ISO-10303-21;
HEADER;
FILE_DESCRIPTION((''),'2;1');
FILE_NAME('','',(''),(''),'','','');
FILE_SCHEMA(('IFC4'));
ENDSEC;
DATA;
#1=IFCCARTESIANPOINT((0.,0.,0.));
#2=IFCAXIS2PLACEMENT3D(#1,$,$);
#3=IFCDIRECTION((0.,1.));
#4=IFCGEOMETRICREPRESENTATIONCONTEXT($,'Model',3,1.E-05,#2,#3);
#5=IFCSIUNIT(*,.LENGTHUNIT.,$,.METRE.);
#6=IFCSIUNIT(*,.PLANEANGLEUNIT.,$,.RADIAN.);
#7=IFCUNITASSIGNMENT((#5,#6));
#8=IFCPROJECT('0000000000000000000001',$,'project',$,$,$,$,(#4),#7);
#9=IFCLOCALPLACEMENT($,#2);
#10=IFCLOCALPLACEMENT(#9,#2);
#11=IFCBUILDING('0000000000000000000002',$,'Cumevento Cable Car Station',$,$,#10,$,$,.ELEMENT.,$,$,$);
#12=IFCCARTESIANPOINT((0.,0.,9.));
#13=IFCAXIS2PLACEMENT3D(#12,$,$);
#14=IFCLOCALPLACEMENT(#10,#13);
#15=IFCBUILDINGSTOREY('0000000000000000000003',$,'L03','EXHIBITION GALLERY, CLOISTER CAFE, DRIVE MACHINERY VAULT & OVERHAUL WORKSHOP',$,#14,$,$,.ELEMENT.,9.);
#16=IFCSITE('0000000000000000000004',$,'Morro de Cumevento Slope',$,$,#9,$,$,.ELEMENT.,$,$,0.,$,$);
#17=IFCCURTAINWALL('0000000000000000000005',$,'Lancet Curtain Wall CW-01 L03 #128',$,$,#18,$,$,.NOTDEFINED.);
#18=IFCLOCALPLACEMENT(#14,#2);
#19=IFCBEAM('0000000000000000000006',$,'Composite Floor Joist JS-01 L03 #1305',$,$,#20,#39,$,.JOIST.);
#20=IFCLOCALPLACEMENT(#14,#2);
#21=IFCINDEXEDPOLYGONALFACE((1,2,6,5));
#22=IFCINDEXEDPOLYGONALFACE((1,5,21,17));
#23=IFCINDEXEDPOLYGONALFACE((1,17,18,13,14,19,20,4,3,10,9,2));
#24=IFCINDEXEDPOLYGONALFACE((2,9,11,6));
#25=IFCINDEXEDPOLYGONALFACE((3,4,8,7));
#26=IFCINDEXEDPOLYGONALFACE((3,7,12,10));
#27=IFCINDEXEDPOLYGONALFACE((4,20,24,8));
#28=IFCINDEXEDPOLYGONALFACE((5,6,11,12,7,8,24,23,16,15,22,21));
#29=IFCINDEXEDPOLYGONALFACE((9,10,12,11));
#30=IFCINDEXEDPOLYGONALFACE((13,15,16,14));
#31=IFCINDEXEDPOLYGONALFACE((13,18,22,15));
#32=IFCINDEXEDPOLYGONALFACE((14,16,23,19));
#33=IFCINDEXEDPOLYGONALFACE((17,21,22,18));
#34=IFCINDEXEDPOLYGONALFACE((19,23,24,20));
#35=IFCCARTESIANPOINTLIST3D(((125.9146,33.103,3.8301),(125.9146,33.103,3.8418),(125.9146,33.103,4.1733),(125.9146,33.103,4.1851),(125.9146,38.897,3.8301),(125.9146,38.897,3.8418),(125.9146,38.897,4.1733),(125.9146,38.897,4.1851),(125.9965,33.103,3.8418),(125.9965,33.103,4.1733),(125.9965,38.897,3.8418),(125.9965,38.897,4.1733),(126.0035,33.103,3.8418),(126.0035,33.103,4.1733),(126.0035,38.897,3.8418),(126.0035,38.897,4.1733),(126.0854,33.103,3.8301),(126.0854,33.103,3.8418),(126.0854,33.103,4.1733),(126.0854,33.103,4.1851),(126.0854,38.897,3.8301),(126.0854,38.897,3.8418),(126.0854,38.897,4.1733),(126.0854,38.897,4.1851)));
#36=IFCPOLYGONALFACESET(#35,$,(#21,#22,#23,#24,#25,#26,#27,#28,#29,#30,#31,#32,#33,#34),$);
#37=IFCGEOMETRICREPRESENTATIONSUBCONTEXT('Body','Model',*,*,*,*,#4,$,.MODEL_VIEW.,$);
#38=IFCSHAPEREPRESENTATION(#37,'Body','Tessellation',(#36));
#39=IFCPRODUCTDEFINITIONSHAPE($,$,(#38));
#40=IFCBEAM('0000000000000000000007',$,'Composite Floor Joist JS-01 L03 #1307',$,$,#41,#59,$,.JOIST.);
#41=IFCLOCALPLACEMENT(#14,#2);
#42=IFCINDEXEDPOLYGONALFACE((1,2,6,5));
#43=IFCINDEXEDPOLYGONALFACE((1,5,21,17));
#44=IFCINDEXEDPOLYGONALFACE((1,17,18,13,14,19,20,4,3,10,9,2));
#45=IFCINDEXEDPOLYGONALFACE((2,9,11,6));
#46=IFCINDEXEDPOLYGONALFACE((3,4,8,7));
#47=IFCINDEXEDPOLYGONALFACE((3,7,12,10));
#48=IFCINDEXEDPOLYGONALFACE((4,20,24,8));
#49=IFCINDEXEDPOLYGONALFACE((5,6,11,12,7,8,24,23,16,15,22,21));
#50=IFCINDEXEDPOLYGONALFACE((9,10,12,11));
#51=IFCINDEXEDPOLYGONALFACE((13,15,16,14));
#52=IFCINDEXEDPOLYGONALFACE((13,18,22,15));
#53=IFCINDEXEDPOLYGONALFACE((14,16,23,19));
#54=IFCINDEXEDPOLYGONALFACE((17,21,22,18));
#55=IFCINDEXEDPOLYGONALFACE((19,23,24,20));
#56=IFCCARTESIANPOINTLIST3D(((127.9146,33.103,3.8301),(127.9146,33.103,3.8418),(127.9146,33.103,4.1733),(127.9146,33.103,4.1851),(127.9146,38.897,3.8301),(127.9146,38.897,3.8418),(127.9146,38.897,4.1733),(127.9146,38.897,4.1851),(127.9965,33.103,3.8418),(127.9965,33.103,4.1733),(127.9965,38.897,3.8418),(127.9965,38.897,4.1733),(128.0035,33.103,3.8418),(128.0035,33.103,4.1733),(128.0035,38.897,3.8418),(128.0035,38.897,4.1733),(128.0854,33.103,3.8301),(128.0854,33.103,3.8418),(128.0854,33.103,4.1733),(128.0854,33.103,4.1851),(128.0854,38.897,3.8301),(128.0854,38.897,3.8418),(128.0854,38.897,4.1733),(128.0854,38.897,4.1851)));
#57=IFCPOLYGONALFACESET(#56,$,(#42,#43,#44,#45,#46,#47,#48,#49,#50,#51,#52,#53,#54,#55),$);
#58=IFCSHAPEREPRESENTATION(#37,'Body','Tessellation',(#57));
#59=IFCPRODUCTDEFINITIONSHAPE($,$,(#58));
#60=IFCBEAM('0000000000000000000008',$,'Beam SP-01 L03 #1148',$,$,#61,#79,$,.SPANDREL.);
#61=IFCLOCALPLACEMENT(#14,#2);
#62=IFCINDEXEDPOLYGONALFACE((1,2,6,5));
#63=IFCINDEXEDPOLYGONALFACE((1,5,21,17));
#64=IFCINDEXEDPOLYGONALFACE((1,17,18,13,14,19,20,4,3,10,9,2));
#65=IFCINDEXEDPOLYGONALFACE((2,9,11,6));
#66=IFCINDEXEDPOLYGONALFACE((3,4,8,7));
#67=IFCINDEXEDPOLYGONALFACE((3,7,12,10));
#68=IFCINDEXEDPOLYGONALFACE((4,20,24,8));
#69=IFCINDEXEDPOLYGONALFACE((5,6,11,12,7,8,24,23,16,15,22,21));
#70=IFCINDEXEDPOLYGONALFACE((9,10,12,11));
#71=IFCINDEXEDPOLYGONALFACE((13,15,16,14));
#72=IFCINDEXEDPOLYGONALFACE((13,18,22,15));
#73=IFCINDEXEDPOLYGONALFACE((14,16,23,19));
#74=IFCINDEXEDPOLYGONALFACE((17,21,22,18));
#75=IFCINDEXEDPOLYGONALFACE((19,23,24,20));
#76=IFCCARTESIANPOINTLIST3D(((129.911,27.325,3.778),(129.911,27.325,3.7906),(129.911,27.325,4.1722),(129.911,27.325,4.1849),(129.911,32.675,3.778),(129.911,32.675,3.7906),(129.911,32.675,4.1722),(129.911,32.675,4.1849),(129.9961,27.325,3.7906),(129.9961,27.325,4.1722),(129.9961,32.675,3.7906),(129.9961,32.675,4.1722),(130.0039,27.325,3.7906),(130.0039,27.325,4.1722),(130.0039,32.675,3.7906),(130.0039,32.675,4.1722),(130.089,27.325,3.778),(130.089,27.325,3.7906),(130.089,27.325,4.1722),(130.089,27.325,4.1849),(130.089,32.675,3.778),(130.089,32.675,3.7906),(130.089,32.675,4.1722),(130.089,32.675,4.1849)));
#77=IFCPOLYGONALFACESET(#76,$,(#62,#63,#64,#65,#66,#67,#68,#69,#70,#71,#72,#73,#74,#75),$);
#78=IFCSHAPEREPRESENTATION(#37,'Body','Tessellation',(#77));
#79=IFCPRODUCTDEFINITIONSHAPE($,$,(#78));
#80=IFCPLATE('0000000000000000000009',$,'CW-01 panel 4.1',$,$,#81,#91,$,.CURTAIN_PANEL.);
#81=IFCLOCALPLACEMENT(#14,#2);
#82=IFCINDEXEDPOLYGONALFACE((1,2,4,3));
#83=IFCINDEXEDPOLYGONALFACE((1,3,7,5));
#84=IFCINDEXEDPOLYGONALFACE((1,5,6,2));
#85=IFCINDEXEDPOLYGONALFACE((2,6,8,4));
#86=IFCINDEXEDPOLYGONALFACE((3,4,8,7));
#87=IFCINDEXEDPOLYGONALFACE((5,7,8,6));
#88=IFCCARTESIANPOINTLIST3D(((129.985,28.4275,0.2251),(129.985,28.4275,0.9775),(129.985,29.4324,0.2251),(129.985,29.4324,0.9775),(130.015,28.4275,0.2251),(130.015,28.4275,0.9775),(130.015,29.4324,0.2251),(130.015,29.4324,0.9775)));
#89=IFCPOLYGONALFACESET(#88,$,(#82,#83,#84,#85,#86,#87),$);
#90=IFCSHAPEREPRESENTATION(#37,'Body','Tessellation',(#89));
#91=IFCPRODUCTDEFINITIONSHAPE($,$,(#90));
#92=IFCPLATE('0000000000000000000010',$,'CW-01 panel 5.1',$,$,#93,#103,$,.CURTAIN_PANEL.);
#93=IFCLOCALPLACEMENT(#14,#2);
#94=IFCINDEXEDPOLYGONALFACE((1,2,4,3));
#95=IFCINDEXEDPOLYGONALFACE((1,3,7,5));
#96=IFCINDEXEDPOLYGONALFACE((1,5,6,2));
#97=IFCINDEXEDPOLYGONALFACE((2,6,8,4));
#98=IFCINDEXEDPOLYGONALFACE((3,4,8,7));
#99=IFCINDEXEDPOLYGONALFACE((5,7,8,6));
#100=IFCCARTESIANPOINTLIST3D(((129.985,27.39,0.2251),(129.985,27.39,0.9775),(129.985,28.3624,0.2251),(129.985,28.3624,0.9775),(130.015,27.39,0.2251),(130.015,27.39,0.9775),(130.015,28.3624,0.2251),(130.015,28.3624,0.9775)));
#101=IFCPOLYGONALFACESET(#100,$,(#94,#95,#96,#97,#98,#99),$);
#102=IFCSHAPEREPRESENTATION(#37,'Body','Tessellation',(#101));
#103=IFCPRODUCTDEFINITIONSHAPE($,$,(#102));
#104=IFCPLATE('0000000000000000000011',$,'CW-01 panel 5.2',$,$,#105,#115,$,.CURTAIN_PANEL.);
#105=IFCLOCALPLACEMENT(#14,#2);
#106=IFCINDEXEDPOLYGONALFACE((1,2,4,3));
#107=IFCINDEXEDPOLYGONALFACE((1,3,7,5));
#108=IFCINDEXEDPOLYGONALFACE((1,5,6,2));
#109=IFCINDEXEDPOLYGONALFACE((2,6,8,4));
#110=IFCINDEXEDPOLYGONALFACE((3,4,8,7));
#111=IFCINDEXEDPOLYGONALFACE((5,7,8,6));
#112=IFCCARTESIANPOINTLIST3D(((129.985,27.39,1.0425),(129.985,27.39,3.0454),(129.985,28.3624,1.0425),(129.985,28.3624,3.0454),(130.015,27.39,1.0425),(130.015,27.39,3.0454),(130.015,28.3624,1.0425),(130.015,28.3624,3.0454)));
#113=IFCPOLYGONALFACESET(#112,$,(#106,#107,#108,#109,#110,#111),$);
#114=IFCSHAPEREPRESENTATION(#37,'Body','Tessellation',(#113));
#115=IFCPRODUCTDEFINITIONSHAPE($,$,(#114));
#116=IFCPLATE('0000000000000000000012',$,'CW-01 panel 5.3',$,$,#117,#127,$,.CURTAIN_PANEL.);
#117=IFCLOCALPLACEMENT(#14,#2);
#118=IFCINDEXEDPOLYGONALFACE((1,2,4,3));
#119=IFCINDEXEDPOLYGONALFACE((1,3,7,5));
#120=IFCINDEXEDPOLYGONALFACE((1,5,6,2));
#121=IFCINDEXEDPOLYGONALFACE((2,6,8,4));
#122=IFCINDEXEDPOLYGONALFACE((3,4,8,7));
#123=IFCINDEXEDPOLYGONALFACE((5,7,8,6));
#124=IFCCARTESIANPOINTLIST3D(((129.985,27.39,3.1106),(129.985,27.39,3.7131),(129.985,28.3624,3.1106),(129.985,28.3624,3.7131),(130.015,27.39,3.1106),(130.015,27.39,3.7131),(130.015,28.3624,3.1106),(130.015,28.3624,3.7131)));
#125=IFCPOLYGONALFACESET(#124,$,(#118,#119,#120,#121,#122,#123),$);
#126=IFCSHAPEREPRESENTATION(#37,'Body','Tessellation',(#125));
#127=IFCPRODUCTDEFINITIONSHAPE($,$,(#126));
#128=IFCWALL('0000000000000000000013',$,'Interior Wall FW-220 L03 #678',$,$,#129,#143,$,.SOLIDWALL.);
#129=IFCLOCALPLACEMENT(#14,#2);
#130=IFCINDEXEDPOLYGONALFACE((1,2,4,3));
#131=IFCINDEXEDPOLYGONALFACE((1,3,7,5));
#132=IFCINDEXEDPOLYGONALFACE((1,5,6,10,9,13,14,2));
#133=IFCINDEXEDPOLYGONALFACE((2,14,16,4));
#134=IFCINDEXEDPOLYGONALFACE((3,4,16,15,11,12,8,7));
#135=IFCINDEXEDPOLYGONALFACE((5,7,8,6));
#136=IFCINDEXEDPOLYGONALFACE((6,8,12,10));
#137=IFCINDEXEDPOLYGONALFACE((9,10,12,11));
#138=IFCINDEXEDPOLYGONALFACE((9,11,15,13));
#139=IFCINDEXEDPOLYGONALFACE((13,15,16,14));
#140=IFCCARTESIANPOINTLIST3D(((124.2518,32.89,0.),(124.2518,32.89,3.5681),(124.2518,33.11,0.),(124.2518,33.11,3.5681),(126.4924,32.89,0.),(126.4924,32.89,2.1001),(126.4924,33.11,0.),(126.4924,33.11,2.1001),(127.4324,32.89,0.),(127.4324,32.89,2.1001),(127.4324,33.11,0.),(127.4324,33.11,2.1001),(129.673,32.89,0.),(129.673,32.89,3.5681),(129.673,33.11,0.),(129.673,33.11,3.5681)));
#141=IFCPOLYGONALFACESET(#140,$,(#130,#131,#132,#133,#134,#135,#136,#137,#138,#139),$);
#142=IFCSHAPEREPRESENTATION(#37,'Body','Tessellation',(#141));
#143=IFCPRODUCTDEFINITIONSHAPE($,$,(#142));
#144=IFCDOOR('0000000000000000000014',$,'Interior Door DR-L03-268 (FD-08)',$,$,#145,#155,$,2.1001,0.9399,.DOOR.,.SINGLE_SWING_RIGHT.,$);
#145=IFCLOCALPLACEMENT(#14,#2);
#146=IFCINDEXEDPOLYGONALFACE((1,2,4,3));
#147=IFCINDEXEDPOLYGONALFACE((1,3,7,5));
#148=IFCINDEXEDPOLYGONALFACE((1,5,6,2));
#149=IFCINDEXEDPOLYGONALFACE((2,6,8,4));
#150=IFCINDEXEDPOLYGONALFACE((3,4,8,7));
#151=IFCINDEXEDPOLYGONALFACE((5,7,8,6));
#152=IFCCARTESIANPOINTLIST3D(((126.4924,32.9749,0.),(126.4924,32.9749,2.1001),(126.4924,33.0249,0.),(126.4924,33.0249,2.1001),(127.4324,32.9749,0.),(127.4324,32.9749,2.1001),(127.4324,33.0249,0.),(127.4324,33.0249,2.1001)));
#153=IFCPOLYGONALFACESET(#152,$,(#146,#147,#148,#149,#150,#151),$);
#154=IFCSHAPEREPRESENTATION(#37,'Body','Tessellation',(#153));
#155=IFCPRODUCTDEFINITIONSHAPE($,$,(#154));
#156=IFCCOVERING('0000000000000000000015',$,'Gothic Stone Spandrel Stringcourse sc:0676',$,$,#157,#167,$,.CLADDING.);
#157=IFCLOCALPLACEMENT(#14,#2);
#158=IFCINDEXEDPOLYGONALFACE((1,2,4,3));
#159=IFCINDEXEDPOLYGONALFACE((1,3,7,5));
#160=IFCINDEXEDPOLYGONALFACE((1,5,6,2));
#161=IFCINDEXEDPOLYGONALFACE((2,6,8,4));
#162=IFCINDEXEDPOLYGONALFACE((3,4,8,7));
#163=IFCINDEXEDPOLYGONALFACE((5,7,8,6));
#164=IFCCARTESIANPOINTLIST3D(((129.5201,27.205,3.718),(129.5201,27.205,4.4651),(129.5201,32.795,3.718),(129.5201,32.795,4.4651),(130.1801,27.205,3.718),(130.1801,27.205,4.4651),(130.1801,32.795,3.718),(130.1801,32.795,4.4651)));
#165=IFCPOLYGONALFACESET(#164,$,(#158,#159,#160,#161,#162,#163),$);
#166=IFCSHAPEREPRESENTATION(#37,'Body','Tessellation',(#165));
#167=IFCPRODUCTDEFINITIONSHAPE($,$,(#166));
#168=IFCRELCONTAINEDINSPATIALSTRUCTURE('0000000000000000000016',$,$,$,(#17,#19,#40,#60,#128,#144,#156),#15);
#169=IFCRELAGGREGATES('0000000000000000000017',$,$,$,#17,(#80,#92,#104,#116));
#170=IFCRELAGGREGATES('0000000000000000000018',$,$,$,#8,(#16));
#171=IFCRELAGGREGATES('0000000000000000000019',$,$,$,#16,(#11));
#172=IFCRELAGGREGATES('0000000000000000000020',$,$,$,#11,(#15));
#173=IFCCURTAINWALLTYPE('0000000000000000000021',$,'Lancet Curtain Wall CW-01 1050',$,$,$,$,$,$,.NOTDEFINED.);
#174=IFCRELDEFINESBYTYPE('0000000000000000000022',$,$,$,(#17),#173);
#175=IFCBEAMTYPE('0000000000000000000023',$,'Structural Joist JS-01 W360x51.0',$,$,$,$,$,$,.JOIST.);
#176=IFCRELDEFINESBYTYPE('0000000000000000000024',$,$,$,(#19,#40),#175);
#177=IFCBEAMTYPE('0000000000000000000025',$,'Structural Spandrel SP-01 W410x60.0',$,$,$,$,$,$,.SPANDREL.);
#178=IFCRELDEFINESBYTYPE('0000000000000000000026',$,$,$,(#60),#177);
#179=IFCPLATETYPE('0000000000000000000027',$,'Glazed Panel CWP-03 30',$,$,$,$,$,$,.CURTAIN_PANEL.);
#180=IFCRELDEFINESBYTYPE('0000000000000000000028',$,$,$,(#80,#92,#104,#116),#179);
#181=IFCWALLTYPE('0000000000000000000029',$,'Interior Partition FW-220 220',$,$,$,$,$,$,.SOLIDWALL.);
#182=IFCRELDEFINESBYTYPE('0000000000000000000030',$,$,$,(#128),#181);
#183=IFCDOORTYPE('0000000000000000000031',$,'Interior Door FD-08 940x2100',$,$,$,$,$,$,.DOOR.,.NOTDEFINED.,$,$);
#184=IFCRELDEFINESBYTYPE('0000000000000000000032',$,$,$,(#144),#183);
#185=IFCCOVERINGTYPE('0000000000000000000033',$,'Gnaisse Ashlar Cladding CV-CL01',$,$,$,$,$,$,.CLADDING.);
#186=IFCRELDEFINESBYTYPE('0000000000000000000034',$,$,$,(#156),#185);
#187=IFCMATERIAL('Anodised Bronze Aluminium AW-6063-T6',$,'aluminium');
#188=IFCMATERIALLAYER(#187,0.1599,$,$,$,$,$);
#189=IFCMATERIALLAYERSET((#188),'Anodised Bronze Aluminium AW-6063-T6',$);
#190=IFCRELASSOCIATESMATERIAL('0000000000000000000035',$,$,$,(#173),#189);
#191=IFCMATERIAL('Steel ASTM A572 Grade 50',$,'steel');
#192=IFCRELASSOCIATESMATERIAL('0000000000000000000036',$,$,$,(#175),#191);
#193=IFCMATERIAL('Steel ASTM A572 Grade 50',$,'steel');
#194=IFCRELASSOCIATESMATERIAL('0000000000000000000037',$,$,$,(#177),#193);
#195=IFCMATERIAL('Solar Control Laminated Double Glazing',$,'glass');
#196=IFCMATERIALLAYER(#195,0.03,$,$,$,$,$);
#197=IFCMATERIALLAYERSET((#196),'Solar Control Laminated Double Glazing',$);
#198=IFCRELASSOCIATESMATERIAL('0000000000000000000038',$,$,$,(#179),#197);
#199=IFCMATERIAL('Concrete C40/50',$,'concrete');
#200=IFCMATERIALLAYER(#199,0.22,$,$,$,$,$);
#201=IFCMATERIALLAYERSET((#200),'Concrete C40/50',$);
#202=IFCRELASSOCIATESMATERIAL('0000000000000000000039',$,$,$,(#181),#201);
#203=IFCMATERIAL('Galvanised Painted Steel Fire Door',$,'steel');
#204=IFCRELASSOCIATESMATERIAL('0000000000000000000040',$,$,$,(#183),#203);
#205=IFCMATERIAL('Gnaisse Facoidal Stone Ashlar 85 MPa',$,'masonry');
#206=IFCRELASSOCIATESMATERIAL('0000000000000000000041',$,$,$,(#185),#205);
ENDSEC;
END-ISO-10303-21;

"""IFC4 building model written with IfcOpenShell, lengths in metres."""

from ifc_helpers import new_model, si_unit, direction, frame, frame_2d, origin, origin_2d, place, context, subcontext, project, spatial, rectangle, i_section, extrude, material, layer, layer_set, material_profile, profile_set, type_object, element, fill, aggregate, save


model = new_model("IFC4")

# Units and contexts
model_context = context("Model", 3, precision=1e-05, world=origin(), true_north=direction((0.0, 1.0)))
body_context = subcontext(model_context, "Body", "Model", "MODEL_VIEW")
ifc_project = project(units=[si_unit("LENGTHUNIT", "METRE"), si_unit("PLANEANGLEUNIT", "RADIAN")], contexts=[model_context])

# Site, building, storey
site_placement = place(None, origin())
site = spatial("IfcSite", under=ifc_project, at=site_placement, Name="Morro de Cumevento Slope", CompositionType="ELEMENT", RefElevation=0.0)
building_placement = place(site_placement, origin())
building = spatial("IfcBuilding", under=site, at=building_placement, Name="Cumevento Cable Car Station", CompositionType="ELEMENT")
storey_placement = place(building_placement, frame((0.0, 0.0, 9.0)))
storey = spatial("IfcBuildingStorey", under=building, at=storey_placement, Name="L03", Description="EXHIBITION GALLERY, CLOISTER CAFE, DRIVE MACHINERY VAULT & OVERHAUL WORKSHOP", CompositionType="ELEMENT", Elevation=9.0)

# Curtain wall
ifc_material_1 = material(Name="Anodised Bronze Aluminium AW-6063-T6", Category="aluminium")
ifc_layer_1 = layer(ifc_material_1, 0.1599)
ifc_layer_set_1 = layer_set([ifc_layer_1], Name="Anodised Bronze Aluminium AW-6063-T6")
curtain_wall_type = type_object("IfcCurtainWallType", Name="Lancet Curtain Wall CW-01 1050", PredefinedType="NOTDEFINED", material=ifc_layer_set_1)
curtain_wall_placement = place(storey_placement, origin())
curtain_wall = element("IfcCurtainWall", 1, at=curtain_wall_placement, inside=storey, type_object=curtain_wall_type, Name="Lancet Curtain Wall CW-01 L03 #128", PredefinedType="NOTDEFINED")

# Beams
ifc_material_2 = material(Name="Steel ASTM A572 Grade 50", Category="steel")
ifc_material_profile_1 = material_profile(ifc_material_2, i_section(OverallWidth=0.1709, OverallDepth=0.355, WebThickness=0.0071, FlangeThickness=0.0117, at=origin_2d()), Name="W360x51.0")
ifc_profile_set_1 = profile_set([ifc_material_profile_1], Name="Steel ASTM A572 Grade 50")
beam_type_1 = type_object("IfcBeamType", Name="Structural Joist JS-01 W360x51.0", PredefinedType="JOIST", material=ifc_profile_set_1)
for number, where, z_axis, x_axis, name in (
    (2, (126.0, 33.103, 4.0076), (0.0, 1.0, 0.0), (-1.0, 0.0, 0.0), "Composite Floor Joist JS-01 L03 #1305"),
    (3, (128.0, 33.103, 4.0076), (0.0, 1.0, 0.0), (-1.0, 0.0, 0.0), "Composite Floor Joist JS-01 L03 #1307"),
):
    element("IfcBeam", number, at=place(storey_placement, frame(where, z_axis=z_axis, x_axis=x_axis)), inside=storey, type_object=beam_type_1, Name=name, PredefinedType="JOIST", context=body_context, shape_type="SweptSolid", body=[
        extrude(i_section(OverallWidth=0.1709, OverallDepth=0.355, WebThickness=0.0071, FlangeThickness=0.0117, at=origin_2d()), origin(), (0.0, 0.0, 1.0), 5.7939),
    ])
ifc_material_3 = material(Name="Steel ASTM A572 Grade 50", Category="steel")
ifc_material_profile_2 = material_profile(ifc_material_3, i_section(OverallWidth=0.178, OverallDepth=0.407, WebThickness=0.0078, FlangeThickness=0.0127, at=origin_2d()), Name="W410x60.0")
ifc_profile_set_2 = profile_set([ifc_material_profile_2], Name="Steel ASTM A572 Grade 50")
beam_type_2 = type_object("IfcBeamType", Name="Structural Spandrel SP-01 W410x60.0", PredefinedType="SPANDREL", material=ifc_profile_set_2)
beam_1_placement = place(storey_placement, frame((130.0, 27.325, 3.9814), z_axis=(0.0, 1.0, 0.0), x_axis=(-1.0, 0.0, 0.0)))
element("IfcBeam", 4, at=beam_1_placement, inside=storey, type_object=beam_type_2, Name="Beam SP-01 L03 #1148", PredefinedType="SPANDREL", context=body_context, shape_type="SweptSolid", body=[
    extrude(i_section(OverallWidth=0.178, OverallDepth=0.407, WebThickness=0.0078, FlangeThickness=0.0127, at=origin_2d()), origin(), (0.0, 0.0, 1.0), 5.3501),
])

# Plates
ifc_material_4 = material(Name="Solar Control Laminated Double Glazing", Category="glass")
ifc_layer_2 = layer(ifc_material_4, 0.03)
ifc_layer_set_2 = layer_set([ifc_layer_2], Name="Solar Control Laminated Double Glazing")
plate_type = type_object("IfcPlateType", Name="Glazed Panel CWP-03 30", PredefinedType="CURTAIN_PANEL", material=ifc_layer_set_2)
plate_1_placement = place(storey_placement, frame((130.0, 28.9299, 0.2251), z_axis=(0.0, 0.0, 1.0), x_axis=(0.0, -1.0, 0.0)))
plate_1 = element("IfcPlate", 5, at=plate_1_placement, type_object=plate_type, Name="CW-01 panel 4.1", PredefinedType="CURTAIN_PANEL", context=body_context, shape_type="SweptSolid", body=[
    extrude(rectangle(XDim=1.0049, YDim=0.03, at=origin_2d()), origin(), (0.0, 0.0, 1.0), 0.7524),
])
plate_2_placement = place(storey_placement, frame((130.0, 27.8762, 0.2251), z_axis=(0.0, 0.0, 1.0), x_axis=(0.0, -1.0, 0.0)))
plate_2 = element("IfcPlate", 6, at=plate_2_placement, type_object=plate_type, Name="CW-01 panel 5.1", PredefinedType="CURTAIN_PANEL", context=body_context, shape_type="SweptSolid", body=[
    extrude(rectangle(XDim=0.9724, YDim=0.03, at=origin_2d()), origin(), (0.0, 0.0, 1.0), 0.7524),
])
plate_3_placement = place(storey_placement, frame((130.0, 27.8762, 1.0425), z_axis=(0.0, 0.0, 1.0), x_axis=(0.0, -1.0, 0.0)))
plate_3 = element("IfcPlate", 7, at=plate_3_placement, type_object=plate_type, Name="CW-01 panel 5.2", PredefinedType="CURTAIN_PANEL", context=body_context, shape_type="SweptSolid", body=[
    extrude(rectangle(XDim=0.9724, YDim=0.03, at=origin_2d()), origin(), (0.0, 0.0, 1.0), 2.0029),
])
plate_4_placement = place(storey_placement, frame((130.0, 27.8762, 3.1106), z_axis=(0.0, 0.0, 1.0), x_axis=(0.0, -1.0, 0.0)))
plate_4 = element("IfcPlate", 8, at=plate_4_placement, type_object=plate_type, Name="CW-01 panel 5.3", PredefinedType="CURTAIN_PANEL", context=body_context, shape_type="SweptSolid", body=[
    extrude(rectangle(XDim=0.9724, YDim=0.03, at=origin_2d()), origin(), (0.0, 0.0, 1.0), 0.6025),
])
aggregate(curtain_wall, [plate_1, plate_2, plate_3, plate_4])

# Wall, opening, door
ifc_material_5 = material(Name="Concrete C40/50", Category="concrete")
ifc_layer_3 = layer(ifc_material_5, 0.22)
ifc_layer_set_3 = layer_set([ifc_layer_3], Name="Concrete C40/50")
wall_type = type_object("IfcWallType", Name="Interior Partition FW-220 220", PredefinedType="SOLIDWALL", material=ifc_layer_set_3)
wall_placement = place(storey_placement, frame((124.252, 33.0, 0.0), z_axis=(0.0, 0.0, 1.0), x_axis=(1.0, 0.0, 0.0)))
wall = element("IfcWall", 9, at=wall_placement, inside=storey, type_object=wall_type, Name="Interior Wall FW-220 L03 #678", PredefinedType="SOLIDWALL", context=body_context, shape_type="SweptSolid", body=[
    extrude(rectangle(XDim=5.4211, YDim=0.22, at=frame_2d((2.7104, 0.0))), origin(), (0.0, 0.0, 1.0), 3.5681),
])
opening_placement = place(wall_placement, frame((2.2405, 0.0, 0.0)))
opening = element("IfcOpeningElement", 10, at=opening_placement, cuts=wall, PredefinedType="OPENING", context=body_context, shape_type="SweptSolid", body=[
    extrude(rectangle(XDim=0.9399, YDim=2.1001, at=frame_2d((0.47, 1.05))), frame((0.0, 0.1199, 0.0), z_axis=(0.0, -1.0, 0.0), x_axis=(1.0, 0.0, 0.0)), (0.0, 0.0, 1.0), 0.24),
])
ifc_material_6 = material(Name="Galvanised Painted Steel Fire Door", Category="steel")
door_type = type_object("IfcDoorType", Name="Interior Door FD-08 940x2100", OperationType="NOTDEFINED", PredefinedType="DOOR", material=ifc_material_6)
door_placement = place(opening_placement, origin())
door = element("IfcDoor", 11, at=door_placement, inside=storey, type_object=door_type, Name="Interior Door DR-L03-268 (FD-08)", OperationType="SINGLE_SWING_RIGHT", OverallHeight=2.1001, OverallWidth=0.9399, PredefinedType="DOOR", context=body_context, shape_type="SweptSolid", body=[
    extrude(rectangle(XDim=0.9399, YDim=2.1001, at=frame_2d((0.47, 1.05))), frame((0.0, 0.0249, 0.0), z_axis=(0.0, -1.0, 0.0), x_axis=(1.0, 0.0, 0.0)), (0.0, 0.0, 1.0), 0.05),
])
fill(opening, door)

# Covering
ifc_material_7 = material(Name="Gnaisse Facoidal Stone Ashlar 85 MPa", Category="masonry")
covering_type = type_object("IfcCoveringType", Name="Gnaisse Ashlar Cladding CV-CL01", PredefinedType="CLADDING", material=ifc_material_7)
covering_placement = place(storey_placement, frame((129.8501, 30.0, 3.718), z_axis=(0.0, 0.0, 1.0), x_axis=(0.0, -1.0, 0.0)))
element("IfcCovering", 12, at=covering_placement, inside=storey, type_object=covering_type, Name="Gothic Stone Spandrel Stringcourse sc:0676", PredefinedType="CLADDING", context=body_context, shape_type="SweptSolid", body=[
    extrude(rectangle(XDim=5.5901, YDim=0.6599, at=origin_2d()), origin(), (0.0, 0.0, 1.0), 0.7471),
])

save(model, "model.ifc")
